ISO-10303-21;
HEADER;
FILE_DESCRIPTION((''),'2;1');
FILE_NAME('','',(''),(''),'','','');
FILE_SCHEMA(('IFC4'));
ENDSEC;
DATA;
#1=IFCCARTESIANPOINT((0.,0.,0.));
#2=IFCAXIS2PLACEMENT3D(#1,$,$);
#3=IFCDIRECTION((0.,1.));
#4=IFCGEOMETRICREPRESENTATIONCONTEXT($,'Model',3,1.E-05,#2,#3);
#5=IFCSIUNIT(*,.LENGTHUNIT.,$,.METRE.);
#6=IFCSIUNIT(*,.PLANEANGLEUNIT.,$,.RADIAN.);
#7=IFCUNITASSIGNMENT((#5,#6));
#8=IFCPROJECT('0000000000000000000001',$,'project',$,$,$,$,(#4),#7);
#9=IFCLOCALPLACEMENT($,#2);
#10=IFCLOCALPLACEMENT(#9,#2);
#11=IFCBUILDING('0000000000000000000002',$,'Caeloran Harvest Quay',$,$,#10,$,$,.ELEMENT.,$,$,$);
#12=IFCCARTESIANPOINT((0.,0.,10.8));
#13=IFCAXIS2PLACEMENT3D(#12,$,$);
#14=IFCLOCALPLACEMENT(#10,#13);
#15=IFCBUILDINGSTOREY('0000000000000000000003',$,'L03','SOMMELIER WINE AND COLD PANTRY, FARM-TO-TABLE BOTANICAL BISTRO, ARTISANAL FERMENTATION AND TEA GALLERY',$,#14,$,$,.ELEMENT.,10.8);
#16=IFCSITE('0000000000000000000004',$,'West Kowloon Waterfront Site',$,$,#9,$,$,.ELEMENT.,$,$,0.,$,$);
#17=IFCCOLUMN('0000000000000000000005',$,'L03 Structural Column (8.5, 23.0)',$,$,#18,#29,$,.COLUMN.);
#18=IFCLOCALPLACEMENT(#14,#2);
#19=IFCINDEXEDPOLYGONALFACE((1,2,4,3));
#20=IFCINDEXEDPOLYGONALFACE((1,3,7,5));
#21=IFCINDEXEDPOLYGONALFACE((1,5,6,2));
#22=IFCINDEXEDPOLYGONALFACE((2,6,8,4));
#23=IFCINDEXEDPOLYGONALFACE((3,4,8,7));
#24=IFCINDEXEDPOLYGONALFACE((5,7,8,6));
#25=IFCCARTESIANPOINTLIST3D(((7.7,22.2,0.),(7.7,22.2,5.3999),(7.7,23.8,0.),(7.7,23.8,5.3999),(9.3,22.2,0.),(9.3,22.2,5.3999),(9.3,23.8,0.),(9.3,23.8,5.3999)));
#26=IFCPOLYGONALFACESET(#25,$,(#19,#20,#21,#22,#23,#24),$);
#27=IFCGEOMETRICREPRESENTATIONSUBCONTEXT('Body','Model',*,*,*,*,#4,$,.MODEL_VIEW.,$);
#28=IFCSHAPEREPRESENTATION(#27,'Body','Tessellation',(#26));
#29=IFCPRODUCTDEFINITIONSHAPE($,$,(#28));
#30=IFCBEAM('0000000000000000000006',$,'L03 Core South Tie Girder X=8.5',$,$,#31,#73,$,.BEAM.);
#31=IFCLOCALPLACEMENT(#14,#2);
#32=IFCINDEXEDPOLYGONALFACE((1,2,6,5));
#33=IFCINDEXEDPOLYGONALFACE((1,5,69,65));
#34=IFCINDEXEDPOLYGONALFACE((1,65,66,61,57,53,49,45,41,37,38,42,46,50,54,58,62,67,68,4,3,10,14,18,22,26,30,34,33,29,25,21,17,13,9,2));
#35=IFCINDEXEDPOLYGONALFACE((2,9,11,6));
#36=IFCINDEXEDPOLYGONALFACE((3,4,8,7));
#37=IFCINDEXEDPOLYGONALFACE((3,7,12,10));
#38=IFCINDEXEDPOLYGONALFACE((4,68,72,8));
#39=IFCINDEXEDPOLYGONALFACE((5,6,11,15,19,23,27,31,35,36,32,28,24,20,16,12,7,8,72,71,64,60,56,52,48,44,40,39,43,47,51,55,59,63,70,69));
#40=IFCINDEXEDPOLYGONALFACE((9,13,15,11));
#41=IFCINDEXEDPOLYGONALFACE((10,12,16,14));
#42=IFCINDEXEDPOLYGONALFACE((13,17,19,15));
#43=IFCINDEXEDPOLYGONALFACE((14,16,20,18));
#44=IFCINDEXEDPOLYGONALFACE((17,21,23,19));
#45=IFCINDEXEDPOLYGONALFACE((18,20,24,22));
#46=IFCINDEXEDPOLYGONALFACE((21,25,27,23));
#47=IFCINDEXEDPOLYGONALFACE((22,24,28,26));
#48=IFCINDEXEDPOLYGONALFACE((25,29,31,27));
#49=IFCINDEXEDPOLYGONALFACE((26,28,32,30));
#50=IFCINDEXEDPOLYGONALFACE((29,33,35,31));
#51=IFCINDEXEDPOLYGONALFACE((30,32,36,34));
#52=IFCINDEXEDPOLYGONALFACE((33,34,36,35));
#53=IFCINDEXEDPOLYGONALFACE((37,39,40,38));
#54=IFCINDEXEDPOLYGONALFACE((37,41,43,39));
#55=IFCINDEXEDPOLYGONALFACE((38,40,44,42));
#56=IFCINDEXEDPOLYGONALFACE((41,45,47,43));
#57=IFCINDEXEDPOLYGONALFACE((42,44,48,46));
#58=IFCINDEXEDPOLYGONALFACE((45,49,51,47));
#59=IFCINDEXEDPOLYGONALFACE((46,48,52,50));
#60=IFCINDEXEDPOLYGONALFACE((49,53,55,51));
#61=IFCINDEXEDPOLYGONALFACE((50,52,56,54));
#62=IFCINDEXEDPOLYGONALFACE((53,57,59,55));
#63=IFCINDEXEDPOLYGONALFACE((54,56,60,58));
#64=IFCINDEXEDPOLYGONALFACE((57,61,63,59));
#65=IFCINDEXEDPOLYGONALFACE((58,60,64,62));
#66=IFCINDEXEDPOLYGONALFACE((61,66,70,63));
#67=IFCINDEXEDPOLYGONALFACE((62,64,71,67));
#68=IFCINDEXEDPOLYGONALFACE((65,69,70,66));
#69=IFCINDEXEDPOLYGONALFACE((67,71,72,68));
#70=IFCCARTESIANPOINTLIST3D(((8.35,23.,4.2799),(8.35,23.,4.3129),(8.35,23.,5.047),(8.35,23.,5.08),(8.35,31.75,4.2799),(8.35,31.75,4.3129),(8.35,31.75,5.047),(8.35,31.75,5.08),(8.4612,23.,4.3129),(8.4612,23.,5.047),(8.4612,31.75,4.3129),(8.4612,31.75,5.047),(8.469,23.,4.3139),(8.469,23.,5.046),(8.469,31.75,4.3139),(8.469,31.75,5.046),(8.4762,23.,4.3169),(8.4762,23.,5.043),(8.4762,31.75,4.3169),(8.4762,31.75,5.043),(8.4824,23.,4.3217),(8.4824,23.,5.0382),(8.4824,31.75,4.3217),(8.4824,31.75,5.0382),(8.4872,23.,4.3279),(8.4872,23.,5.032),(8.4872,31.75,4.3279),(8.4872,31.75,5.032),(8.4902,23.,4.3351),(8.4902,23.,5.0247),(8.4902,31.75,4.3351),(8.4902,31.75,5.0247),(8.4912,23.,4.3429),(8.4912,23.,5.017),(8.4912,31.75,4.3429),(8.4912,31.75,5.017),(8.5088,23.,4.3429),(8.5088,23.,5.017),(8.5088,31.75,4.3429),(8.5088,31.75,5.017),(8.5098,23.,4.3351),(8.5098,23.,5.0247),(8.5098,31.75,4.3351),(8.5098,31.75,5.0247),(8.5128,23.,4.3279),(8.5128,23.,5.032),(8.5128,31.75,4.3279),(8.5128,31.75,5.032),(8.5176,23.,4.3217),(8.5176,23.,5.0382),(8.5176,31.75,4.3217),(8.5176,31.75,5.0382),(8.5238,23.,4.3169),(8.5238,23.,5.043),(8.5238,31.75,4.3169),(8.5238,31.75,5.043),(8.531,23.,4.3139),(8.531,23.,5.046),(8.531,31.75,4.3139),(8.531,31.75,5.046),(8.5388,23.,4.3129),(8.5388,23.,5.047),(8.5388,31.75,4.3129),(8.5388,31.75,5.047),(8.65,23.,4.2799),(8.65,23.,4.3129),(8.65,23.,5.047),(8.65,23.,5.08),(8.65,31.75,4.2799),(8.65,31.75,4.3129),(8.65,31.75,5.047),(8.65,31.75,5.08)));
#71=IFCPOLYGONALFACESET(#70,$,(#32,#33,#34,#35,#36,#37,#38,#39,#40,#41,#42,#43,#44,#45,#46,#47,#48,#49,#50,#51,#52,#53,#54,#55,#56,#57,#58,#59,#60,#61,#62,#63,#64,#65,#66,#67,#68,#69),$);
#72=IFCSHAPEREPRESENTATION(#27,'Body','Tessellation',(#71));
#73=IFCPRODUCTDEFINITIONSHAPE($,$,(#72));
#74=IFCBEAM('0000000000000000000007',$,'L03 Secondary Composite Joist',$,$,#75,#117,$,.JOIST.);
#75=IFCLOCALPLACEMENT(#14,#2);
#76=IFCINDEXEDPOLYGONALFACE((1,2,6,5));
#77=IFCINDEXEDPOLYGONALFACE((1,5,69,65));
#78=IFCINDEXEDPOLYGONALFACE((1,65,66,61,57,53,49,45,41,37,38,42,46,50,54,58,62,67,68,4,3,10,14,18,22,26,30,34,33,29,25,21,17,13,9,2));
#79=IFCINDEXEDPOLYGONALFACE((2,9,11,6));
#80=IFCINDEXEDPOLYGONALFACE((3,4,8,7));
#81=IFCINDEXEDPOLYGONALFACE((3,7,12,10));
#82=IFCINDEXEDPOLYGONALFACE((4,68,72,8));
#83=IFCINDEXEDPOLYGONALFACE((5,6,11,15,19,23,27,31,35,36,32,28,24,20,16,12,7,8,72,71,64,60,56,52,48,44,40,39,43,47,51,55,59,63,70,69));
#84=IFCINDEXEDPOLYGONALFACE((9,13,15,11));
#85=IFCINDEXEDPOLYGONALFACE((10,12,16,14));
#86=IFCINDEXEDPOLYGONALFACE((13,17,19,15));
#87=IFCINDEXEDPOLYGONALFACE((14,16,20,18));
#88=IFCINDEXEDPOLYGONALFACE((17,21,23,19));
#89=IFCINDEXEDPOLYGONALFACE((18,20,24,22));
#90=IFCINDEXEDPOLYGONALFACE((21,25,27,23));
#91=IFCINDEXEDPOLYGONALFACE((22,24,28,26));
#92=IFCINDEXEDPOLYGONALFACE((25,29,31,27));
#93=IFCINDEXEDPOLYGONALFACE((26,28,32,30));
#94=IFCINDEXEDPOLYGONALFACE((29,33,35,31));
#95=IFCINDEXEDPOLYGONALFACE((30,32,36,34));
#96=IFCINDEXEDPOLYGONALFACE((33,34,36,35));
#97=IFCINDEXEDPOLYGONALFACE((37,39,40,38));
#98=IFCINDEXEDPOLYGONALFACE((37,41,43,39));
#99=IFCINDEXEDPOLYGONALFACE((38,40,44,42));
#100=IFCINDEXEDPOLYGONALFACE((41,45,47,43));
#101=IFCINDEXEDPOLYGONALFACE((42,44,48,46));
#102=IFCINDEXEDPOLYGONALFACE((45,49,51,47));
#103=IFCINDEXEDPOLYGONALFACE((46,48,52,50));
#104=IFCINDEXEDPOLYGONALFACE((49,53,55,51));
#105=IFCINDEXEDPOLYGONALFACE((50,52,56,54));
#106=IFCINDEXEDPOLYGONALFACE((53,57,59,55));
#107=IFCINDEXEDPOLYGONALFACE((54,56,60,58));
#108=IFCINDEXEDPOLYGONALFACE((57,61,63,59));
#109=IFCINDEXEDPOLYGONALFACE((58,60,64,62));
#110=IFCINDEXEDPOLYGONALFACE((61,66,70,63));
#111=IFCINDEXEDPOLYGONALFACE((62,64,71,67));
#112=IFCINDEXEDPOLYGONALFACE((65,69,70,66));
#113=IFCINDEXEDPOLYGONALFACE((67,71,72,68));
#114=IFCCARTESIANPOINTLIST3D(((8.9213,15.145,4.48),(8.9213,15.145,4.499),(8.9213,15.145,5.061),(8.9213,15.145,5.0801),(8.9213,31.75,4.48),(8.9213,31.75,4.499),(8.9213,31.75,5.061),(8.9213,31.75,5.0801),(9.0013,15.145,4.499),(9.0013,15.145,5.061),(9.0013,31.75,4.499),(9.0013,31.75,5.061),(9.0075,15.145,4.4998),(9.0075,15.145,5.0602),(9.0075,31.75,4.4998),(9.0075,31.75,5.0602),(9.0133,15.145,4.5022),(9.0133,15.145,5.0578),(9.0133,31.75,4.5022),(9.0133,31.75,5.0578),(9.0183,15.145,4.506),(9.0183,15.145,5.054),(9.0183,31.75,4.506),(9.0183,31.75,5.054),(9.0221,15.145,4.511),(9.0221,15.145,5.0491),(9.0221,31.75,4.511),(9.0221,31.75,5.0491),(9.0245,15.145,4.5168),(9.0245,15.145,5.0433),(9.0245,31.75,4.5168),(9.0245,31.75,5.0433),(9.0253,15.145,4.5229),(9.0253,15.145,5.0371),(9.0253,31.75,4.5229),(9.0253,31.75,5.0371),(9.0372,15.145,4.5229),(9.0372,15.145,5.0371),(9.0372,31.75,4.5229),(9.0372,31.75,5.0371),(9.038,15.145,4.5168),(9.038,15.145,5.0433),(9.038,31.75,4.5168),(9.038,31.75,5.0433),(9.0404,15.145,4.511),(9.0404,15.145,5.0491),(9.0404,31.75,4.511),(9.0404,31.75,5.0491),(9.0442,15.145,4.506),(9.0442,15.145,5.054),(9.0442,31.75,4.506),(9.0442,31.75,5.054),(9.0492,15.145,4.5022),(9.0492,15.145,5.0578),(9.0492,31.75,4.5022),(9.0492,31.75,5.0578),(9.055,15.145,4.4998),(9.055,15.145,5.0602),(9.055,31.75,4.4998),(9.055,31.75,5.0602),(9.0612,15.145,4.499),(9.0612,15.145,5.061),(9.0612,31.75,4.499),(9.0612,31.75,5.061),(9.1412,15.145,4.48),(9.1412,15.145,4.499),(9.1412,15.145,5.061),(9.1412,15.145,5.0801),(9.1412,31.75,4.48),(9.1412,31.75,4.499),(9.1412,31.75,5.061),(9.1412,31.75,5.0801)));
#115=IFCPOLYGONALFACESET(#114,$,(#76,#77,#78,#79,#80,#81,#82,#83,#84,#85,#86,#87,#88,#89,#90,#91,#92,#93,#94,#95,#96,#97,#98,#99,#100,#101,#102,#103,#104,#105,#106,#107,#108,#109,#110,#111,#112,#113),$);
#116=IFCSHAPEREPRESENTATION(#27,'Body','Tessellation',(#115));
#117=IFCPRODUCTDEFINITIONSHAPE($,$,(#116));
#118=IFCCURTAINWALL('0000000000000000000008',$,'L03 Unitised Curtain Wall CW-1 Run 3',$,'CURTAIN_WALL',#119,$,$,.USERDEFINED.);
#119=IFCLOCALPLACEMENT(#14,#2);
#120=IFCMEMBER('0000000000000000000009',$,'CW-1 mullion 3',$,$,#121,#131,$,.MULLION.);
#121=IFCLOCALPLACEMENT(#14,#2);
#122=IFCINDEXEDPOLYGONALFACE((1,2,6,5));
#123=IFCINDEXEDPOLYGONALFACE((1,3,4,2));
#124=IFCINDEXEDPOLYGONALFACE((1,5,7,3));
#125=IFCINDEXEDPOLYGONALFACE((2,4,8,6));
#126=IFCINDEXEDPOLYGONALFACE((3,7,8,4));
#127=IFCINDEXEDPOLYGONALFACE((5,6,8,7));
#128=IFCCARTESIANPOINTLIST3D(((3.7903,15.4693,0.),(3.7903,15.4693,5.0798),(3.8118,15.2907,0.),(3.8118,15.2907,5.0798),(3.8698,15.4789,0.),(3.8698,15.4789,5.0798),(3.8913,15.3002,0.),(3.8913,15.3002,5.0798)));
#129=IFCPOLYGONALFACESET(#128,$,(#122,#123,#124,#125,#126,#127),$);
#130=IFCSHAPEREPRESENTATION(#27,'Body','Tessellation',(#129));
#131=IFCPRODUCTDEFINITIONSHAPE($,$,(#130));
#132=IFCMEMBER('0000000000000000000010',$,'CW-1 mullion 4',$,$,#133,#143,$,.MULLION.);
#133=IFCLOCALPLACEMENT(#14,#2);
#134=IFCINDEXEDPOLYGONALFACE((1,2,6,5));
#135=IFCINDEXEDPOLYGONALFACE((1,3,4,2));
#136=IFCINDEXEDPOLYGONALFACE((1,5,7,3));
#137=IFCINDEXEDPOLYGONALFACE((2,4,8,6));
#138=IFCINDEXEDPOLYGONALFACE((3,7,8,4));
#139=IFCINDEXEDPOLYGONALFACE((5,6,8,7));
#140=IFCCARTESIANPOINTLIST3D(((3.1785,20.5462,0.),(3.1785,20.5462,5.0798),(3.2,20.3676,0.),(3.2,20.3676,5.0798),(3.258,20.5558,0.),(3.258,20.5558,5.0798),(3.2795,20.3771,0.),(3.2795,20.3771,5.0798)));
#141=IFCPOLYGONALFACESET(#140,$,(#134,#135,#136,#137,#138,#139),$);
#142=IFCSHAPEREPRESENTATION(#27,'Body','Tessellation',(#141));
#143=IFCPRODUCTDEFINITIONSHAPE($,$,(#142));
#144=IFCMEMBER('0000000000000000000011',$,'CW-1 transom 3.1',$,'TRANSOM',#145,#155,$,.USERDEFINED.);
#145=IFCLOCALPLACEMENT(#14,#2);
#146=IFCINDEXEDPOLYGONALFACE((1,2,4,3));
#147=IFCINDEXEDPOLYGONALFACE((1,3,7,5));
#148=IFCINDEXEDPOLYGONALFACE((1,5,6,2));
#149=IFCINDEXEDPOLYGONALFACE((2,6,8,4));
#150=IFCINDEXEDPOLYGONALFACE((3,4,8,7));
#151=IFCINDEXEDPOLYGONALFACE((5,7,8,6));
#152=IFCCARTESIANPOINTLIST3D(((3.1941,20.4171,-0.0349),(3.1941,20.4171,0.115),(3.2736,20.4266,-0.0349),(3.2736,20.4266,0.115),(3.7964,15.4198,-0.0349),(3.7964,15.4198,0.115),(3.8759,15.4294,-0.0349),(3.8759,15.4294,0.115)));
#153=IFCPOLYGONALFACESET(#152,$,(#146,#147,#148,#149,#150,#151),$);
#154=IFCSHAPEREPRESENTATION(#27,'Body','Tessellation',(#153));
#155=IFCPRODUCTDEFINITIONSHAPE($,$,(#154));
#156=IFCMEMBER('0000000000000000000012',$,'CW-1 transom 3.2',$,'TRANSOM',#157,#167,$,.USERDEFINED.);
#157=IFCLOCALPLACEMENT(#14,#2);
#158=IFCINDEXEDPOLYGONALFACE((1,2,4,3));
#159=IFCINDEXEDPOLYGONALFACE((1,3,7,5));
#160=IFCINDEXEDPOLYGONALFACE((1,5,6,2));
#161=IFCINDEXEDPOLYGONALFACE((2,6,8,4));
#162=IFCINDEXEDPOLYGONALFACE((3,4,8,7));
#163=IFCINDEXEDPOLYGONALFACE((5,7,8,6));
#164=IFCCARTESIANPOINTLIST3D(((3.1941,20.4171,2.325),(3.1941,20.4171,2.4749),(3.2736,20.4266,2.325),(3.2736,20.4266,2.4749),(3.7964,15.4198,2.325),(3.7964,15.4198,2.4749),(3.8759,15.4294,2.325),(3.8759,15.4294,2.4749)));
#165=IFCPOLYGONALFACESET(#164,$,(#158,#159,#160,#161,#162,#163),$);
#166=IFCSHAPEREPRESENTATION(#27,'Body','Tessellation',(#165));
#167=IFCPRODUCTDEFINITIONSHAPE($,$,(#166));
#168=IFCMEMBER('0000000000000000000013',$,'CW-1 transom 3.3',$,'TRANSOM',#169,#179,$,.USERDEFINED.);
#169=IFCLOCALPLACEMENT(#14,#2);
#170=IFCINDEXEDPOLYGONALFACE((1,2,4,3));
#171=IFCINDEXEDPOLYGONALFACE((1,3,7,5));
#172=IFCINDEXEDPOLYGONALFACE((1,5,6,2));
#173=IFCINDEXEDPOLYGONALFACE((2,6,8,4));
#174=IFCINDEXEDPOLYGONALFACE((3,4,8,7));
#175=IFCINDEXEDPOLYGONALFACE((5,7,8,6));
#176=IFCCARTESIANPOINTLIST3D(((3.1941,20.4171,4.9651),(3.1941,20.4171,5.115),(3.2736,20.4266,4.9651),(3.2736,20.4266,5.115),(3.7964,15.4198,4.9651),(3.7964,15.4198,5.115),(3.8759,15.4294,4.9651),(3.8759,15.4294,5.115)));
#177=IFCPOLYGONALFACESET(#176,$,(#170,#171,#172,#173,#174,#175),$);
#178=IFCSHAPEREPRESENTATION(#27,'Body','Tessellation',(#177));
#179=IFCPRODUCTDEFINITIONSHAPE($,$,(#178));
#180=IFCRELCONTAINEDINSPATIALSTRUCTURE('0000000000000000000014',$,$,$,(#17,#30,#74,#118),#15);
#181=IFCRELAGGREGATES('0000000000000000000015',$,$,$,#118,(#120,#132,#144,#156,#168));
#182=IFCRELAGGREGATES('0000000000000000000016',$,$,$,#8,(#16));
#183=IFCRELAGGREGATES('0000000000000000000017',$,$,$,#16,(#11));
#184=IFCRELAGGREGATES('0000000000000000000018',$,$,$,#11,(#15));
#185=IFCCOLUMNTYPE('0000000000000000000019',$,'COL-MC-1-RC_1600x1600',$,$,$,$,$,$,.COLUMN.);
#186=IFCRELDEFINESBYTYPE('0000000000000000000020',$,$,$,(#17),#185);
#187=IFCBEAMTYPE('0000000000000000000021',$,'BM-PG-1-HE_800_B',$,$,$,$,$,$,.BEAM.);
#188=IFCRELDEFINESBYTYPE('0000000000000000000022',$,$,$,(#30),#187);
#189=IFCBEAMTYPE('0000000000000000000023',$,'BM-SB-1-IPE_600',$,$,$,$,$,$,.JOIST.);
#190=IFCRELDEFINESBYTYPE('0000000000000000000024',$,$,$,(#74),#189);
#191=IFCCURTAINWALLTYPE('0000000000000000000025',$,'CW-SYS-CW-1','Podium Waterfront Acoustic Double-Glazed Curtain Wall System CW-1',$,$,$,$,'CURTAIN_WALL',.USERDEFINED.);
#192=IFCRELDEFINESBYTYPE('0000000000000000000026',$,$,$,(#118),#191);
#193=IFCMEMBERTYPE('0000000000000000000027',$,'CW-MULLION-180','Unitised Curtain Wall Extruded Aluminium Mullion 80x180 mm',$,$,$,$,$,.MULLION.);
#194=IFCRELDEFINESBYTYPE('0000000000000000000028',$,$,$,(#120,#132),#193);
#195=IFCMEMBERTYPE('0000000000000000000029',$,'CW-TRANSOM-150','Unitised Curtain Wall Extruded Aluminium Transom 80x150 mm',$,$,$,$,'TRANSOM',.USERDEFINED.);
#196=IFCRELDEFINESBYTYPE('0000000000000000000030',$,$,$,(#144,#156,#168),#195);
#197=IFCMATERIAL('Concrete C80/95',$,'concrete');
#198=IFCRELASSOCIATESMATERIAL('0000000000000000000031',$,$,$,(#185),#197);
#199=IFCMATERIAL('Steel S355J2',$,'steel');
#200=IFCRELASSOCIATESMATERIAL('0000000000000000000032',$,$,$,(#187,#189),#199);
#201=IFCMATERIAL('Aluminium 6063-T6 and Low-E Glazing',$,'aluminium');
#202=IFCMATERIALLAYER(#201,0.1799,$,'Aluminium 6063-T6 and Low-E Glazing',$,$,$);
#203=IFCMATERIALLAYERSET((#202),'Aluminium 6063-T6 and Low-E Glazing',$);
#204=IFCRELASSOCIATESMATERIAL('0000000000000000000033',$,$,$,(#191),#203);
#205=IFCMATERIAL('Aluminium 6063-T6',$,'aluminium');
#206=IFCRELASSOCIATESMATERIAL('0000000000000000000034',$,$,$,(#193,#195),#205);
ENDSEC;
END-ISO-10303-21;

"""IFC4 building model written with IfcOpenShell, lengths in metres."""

from ifc_helpers import new_model, si_unit, direction, frame, origin, origin_2d, place, context, subcontext, project, spatial, rectangle, i_section, extrude, material, layer, layer_set, material_profile, profile_set, type_object, element, aggregate, save


model = new_model("IFC4")

# Units and contexts
model_context = context("Model", 3, precision=1e-05, world=origin(), true_north=direction((0.0, 1.0)))
body_context = subcontext(model_context, "Body", "Model", "MODEL_VIEW")
ifc_project = project(units=[si_unit("LENGTHUNIT", "METRE"), si_unit("PLANEANGLEUNIT", "RADIAN")], contexts=[model_context])

# Site, building, storey
site_placement = place(None, origin())
site = spatial("IfcSite", under=ifc_project, at=site_placement, Name="West Kowloon Waterfront Site", CompositionType="ELEMENT", RefElevation=0.0)
building_placement = place(site_placement, origin())
building = spatial("IfcBuilding", under=site, at=building_placement, Name="Caeloran Harvest Quay", CompositionType="ELEMENT")
storey_placement = place(building_placement, frame((0.0, 0.0, 10.8)))
storey = spatial("IfcBuildingStorey", under=building, at=storey_placement, Name="L03", Description="SOMMELIER WINE AND COLD PANTRY, FARM-TO-TABLE BOTANICAL BISTRO, ARTISANAL FERMENTATION AND TEA GALLERY", CompositionType="ELEMENT", Elevation=10.8)

# Column
ifc_material_1 = material(Name="Concrete C80/95", Category="concrete")
ifc_material_profile_1 = material_profile(ifc_material_1, rectangle(XDim=1.6001, YDim=1.6001, at=origin_2d()), Name="RC 1600x1600")
ifc_profile_set_1 = profile_set([ifc_material_profile_1], Name="Concrete C80/95")
column_type = type_object("IfcColumnType", Name="COL-MC-1-RC_1600x1600", PredefinedType="COLUMN", material=ifc_profile_set_1)
column_placement = place(storey_placement, frame((8.5, 23.0, 0.0), z_axis=(0.0, 0.0, 1.0), x_axis=(1.0, 0.0, 0.0)))
element("IfcColumn", 1, at=column_placement, inside=storey, type_object=column_type, Name="L03 Structural Column (8.5, 23.0)", PredefinedType="COLUMN", context=body_context, shape_type="SweptSolid", body=[
    extrude(rectangle(XDim=1.6001, YDim=1.6001, at=origin_2d()), origin(), (0.0, 0.0, 1.0), 5.3999),
])

# Beams
ifc_material_2 = material(Name="Steel S355J2", Category="steel")
ifc_material_profile_2 = material_profile(ifc_material_2, i_section(OverallWidth=0.3, OverallDepth=0.8, WebThickness=0.0176, FlangeThickness=0.033, FilletRadius=0.03, at=origin_2d()), Name="HE 800 B")
ifc_profile_set_2 = profile_set([ifc_material_profile_2], Name="Steel S355J2")
beam_type_1 = type_object("IfcBeamType", Name="BM-PG-1-HE_800_B", PredefinedType="BEAM", material=ifc_profile_set_2)
beam_1_placement = place(storey_placement, frame((8.5, 23.0, 4.6799), z_axis=(0.0, 1.0, 0.0), x_axis=(-1.0, 0.0, 0.0)))
element("IfcBeam", 2, at=beam_1_placement, inside=storey, type_object=beam_type_1, Name="L03 Core South Tie Girder X=8.5", PredefinedType="BEAM", context=body_context, shape_type="SweptSolid", body=[
    extrude(i_section(OverallWidth=0.3, OverallDepth=0.8, WebThickness=0.0176, FlangeThickness=0.033, FilletRadius=0.03, at=origin_2d()), origin(), (0.0, 0.0, 1.0), 8.75),
])
ifc_material_profile_3 = material_profile(ifc_material_2, i_section(OverallWidth=0.22, OverallDepth=0.6001, WebThickness=0.012, FlangeThickness=0.019, FilletRadius=0.0239, at=origin_2d()), Name="IPE 600")
ifc_profile_set_3 = profile_set([ifc_material_profile_3], Name="Steel S355J2")
beam_type_2 = type_object("IfcBeamType", Name="BM-SB-1-IPE_600", PredefinedType="JOIST", material=ifc_profile_set_3)
beam_2_placement = place(storey_placement, frame((9.0312, 15.145, 4.78), z_axis=(0.0, 1.0, 0.0), x_axis=(-1.0, 0.0, 0.0)))
element("IfcBeam", 3, at=beam_2_placement, inside=storey, type_object=beam_type_2, Name="L03 Secondary Composite Joist", PredefinedType="JOIST", context=body_context, shape_type="SweptSolid", body=[
    extrude(i_section(OverallWidth=0.22, OverallDepth=0.6001, WebThickness=0.012, FlangeThickness=0.019, FilletRadius=0.0239, at=origin_2d()), origin(), (0.0, 0.0, 1.0), 16.605),
])

# Curtain wall, members
ifc_material_3 = material(Name="Aluminium 6063-T6 and Low-E Glazing", Category="aluminium")
ifc_layer_1 = layer(ifc_material_3, 0.1799, Name="Aluminium 6063-T6 and Low-E Glazing")
ifc_layer_set_1 = layer_set([ifc_layer_1], Name="Aluminium 6063-T6 and Low-E Glazing")
curtain_wall_type = type_object("IfcCurtainWallType", Name="CW-SYS-CW-1", Description="Podium Waterfront Acoustic Double-Glazed Curtain Wall System CW-1", ElementType="CURTAIN_WALL", PredefinedType="USERDEFINED", material=ifc_layer_set_1)
curtain_wall_placement = place(storey_placement, origin())
curtain_wall = element("IfcCurtainWall", 4, at=curtain_wall_placement, inside=storey, type_object=curtain_wall_type, Name="L03 Unitised Curtain Wall CW-1 Run 3", ObjectType="CURTAIN_WALL", PredefinedType="USERDEFINED")
ifc_material_4 = material(Name="Aluminium 6063-T6", Category="aluminium")
ifc_material_profile_4 = material_profile(ifc_material_4, rectangle(XDim=0.0801, YDim=0.1799, at=origin_2d()), Name="CW-MULLION-180")
ifc_profile_set_4 = profile_set([ifc_material_profile_4], Name="Aluminium 6063-T6")
member_type_1 = type_object("IfcMemberType", Name="CW-MULLION-180", Description="Unitised Curtain Wall Extruded Aluminium Mullion 80x180 mm", PredefinedType="MULLION", material=ifc_profile_set_4)
member_1_placement = place(storey_placement, frame((3.8408, 15.3848, 0.0), z_axis=(0.0, 0.0, 1.0), x_axis=(-0.992816, -0.119655, 0.0)))
member_1 = element("IfcMember", 5, at=member_1_placement, type_object=member_type_1, Name="CW-1 mullion 3", PredefinedType="MULLION", context=body_context, shape_type="SweptSolid", body=[
    extrude(rectangle(XDim=0.0801, YDim=0.1799, at=origin_2d()), origin(), (0.0, 0.0, 1.0), 5.0798),
])
member_2_placement = place(storey_placement, frame((3.229, 20.4617, 0.0), z_axis=(0.0, 0.0, 1.0), x_axis=(-0.992816, -0.119655, 0.0)))
member_2 = element("IfcMember", 6, at=member_2_placement, type_object=member_type_1, Name="CW-1 mullion 4", PredefinedType="MULLION", context=body_context, shape_type="SweptSolid", body=[
    extrude(rectangle(XDim=0.0801, YDim=0.1799, at=origin_2d()), origin(), (0.0, 0.0, 1.0), 5.0798),
])
ifc_material_profile_5 = material_profile(ifc_material_4, rectangle(XDim=0.0801, YDim=0.1499, at=origin_2d()), Name="CW-TRANSOM-150")
ifc_profile_set_5 = profile_set([ifc_material_profile_5], Name="Aluminium 6063-T6")
member_type_2 = type_object("IfcMemberType", Name="CW-TRANSOM-150", Description="Unitised Curtain Wall Extruded Aluminium Transom 80x150 mm", ElementType="TRANSOM", PredefinedType="USERDEFINED", material=ifc_profile_set_5)
member_3_placement = place(storey_placement, frame((3.8362, 15.4246, 0.04), z_axis=(-0.119658, 0.992815, 0.0), x_axis=(-0.992815, -0.119658, 0.0)))
member_3 = element("IfcMember", 7, at=member_3_placement, type_object=member_type_2, Name="CW-1 transom 3.1", ObjectType="TRANSOM", PredefinedType="USERDEFINED", context=body_context, shape_type="SweptSolid", body=[
    extrude(rectangle(XDim=0.0801, YDim=0.1499, at=origin_2d()), origin(), (0.0, 0.0, 1.0), 5.0334),
])
member_4_placement = place(storey_placement, frame((3.8362, 15.4246, 2.3999), z_axis=(-0.119658, 0.992815, 0.0), x_axis=(-0.992815, -0.119658, 0.0)))
member_4 = element("IfcMember", 8, at=member_4_placement, type_object=member_type_2, Name="CW-1 transom 3.2", ObjectType="TRANSOM", PredefinedType="USERDEFINED", context=body_context, shape_type="SweptSolid", body=[
    extrude(rectangle(XDim=0.0801, YDim=0.1499, at=origin_2d()), origin(), (0.0, 0.0, 1.0), 5.0334),
])
member_5_placement = place(storey_placement, frame((3.8362, 15.4246, 5.04), z_axis=(-0.119658, 0.992815, 0.0), x_axis=(-0.992815, -0.119658, 0.0)))
member_5 = element("IfcMember", 9, at=member_5_placement, type_object=member_type_2, Name="CW-1 transom 3.3", ObjectType="TRANSOM", PredefinedType="USERDEFINED", context=body_context, shape_type="SweptSolid", body=[
    extrude(rectangle(XDim=0.0801, YDim=0.1499, at=origin_2d()), origin(), (0.0, 0.0, 1.0), 5.0334),
])
aggregate(curtain_wall, [member_1, member_2, member_3, member_4, member_5])

save(model, "model.ifc")
